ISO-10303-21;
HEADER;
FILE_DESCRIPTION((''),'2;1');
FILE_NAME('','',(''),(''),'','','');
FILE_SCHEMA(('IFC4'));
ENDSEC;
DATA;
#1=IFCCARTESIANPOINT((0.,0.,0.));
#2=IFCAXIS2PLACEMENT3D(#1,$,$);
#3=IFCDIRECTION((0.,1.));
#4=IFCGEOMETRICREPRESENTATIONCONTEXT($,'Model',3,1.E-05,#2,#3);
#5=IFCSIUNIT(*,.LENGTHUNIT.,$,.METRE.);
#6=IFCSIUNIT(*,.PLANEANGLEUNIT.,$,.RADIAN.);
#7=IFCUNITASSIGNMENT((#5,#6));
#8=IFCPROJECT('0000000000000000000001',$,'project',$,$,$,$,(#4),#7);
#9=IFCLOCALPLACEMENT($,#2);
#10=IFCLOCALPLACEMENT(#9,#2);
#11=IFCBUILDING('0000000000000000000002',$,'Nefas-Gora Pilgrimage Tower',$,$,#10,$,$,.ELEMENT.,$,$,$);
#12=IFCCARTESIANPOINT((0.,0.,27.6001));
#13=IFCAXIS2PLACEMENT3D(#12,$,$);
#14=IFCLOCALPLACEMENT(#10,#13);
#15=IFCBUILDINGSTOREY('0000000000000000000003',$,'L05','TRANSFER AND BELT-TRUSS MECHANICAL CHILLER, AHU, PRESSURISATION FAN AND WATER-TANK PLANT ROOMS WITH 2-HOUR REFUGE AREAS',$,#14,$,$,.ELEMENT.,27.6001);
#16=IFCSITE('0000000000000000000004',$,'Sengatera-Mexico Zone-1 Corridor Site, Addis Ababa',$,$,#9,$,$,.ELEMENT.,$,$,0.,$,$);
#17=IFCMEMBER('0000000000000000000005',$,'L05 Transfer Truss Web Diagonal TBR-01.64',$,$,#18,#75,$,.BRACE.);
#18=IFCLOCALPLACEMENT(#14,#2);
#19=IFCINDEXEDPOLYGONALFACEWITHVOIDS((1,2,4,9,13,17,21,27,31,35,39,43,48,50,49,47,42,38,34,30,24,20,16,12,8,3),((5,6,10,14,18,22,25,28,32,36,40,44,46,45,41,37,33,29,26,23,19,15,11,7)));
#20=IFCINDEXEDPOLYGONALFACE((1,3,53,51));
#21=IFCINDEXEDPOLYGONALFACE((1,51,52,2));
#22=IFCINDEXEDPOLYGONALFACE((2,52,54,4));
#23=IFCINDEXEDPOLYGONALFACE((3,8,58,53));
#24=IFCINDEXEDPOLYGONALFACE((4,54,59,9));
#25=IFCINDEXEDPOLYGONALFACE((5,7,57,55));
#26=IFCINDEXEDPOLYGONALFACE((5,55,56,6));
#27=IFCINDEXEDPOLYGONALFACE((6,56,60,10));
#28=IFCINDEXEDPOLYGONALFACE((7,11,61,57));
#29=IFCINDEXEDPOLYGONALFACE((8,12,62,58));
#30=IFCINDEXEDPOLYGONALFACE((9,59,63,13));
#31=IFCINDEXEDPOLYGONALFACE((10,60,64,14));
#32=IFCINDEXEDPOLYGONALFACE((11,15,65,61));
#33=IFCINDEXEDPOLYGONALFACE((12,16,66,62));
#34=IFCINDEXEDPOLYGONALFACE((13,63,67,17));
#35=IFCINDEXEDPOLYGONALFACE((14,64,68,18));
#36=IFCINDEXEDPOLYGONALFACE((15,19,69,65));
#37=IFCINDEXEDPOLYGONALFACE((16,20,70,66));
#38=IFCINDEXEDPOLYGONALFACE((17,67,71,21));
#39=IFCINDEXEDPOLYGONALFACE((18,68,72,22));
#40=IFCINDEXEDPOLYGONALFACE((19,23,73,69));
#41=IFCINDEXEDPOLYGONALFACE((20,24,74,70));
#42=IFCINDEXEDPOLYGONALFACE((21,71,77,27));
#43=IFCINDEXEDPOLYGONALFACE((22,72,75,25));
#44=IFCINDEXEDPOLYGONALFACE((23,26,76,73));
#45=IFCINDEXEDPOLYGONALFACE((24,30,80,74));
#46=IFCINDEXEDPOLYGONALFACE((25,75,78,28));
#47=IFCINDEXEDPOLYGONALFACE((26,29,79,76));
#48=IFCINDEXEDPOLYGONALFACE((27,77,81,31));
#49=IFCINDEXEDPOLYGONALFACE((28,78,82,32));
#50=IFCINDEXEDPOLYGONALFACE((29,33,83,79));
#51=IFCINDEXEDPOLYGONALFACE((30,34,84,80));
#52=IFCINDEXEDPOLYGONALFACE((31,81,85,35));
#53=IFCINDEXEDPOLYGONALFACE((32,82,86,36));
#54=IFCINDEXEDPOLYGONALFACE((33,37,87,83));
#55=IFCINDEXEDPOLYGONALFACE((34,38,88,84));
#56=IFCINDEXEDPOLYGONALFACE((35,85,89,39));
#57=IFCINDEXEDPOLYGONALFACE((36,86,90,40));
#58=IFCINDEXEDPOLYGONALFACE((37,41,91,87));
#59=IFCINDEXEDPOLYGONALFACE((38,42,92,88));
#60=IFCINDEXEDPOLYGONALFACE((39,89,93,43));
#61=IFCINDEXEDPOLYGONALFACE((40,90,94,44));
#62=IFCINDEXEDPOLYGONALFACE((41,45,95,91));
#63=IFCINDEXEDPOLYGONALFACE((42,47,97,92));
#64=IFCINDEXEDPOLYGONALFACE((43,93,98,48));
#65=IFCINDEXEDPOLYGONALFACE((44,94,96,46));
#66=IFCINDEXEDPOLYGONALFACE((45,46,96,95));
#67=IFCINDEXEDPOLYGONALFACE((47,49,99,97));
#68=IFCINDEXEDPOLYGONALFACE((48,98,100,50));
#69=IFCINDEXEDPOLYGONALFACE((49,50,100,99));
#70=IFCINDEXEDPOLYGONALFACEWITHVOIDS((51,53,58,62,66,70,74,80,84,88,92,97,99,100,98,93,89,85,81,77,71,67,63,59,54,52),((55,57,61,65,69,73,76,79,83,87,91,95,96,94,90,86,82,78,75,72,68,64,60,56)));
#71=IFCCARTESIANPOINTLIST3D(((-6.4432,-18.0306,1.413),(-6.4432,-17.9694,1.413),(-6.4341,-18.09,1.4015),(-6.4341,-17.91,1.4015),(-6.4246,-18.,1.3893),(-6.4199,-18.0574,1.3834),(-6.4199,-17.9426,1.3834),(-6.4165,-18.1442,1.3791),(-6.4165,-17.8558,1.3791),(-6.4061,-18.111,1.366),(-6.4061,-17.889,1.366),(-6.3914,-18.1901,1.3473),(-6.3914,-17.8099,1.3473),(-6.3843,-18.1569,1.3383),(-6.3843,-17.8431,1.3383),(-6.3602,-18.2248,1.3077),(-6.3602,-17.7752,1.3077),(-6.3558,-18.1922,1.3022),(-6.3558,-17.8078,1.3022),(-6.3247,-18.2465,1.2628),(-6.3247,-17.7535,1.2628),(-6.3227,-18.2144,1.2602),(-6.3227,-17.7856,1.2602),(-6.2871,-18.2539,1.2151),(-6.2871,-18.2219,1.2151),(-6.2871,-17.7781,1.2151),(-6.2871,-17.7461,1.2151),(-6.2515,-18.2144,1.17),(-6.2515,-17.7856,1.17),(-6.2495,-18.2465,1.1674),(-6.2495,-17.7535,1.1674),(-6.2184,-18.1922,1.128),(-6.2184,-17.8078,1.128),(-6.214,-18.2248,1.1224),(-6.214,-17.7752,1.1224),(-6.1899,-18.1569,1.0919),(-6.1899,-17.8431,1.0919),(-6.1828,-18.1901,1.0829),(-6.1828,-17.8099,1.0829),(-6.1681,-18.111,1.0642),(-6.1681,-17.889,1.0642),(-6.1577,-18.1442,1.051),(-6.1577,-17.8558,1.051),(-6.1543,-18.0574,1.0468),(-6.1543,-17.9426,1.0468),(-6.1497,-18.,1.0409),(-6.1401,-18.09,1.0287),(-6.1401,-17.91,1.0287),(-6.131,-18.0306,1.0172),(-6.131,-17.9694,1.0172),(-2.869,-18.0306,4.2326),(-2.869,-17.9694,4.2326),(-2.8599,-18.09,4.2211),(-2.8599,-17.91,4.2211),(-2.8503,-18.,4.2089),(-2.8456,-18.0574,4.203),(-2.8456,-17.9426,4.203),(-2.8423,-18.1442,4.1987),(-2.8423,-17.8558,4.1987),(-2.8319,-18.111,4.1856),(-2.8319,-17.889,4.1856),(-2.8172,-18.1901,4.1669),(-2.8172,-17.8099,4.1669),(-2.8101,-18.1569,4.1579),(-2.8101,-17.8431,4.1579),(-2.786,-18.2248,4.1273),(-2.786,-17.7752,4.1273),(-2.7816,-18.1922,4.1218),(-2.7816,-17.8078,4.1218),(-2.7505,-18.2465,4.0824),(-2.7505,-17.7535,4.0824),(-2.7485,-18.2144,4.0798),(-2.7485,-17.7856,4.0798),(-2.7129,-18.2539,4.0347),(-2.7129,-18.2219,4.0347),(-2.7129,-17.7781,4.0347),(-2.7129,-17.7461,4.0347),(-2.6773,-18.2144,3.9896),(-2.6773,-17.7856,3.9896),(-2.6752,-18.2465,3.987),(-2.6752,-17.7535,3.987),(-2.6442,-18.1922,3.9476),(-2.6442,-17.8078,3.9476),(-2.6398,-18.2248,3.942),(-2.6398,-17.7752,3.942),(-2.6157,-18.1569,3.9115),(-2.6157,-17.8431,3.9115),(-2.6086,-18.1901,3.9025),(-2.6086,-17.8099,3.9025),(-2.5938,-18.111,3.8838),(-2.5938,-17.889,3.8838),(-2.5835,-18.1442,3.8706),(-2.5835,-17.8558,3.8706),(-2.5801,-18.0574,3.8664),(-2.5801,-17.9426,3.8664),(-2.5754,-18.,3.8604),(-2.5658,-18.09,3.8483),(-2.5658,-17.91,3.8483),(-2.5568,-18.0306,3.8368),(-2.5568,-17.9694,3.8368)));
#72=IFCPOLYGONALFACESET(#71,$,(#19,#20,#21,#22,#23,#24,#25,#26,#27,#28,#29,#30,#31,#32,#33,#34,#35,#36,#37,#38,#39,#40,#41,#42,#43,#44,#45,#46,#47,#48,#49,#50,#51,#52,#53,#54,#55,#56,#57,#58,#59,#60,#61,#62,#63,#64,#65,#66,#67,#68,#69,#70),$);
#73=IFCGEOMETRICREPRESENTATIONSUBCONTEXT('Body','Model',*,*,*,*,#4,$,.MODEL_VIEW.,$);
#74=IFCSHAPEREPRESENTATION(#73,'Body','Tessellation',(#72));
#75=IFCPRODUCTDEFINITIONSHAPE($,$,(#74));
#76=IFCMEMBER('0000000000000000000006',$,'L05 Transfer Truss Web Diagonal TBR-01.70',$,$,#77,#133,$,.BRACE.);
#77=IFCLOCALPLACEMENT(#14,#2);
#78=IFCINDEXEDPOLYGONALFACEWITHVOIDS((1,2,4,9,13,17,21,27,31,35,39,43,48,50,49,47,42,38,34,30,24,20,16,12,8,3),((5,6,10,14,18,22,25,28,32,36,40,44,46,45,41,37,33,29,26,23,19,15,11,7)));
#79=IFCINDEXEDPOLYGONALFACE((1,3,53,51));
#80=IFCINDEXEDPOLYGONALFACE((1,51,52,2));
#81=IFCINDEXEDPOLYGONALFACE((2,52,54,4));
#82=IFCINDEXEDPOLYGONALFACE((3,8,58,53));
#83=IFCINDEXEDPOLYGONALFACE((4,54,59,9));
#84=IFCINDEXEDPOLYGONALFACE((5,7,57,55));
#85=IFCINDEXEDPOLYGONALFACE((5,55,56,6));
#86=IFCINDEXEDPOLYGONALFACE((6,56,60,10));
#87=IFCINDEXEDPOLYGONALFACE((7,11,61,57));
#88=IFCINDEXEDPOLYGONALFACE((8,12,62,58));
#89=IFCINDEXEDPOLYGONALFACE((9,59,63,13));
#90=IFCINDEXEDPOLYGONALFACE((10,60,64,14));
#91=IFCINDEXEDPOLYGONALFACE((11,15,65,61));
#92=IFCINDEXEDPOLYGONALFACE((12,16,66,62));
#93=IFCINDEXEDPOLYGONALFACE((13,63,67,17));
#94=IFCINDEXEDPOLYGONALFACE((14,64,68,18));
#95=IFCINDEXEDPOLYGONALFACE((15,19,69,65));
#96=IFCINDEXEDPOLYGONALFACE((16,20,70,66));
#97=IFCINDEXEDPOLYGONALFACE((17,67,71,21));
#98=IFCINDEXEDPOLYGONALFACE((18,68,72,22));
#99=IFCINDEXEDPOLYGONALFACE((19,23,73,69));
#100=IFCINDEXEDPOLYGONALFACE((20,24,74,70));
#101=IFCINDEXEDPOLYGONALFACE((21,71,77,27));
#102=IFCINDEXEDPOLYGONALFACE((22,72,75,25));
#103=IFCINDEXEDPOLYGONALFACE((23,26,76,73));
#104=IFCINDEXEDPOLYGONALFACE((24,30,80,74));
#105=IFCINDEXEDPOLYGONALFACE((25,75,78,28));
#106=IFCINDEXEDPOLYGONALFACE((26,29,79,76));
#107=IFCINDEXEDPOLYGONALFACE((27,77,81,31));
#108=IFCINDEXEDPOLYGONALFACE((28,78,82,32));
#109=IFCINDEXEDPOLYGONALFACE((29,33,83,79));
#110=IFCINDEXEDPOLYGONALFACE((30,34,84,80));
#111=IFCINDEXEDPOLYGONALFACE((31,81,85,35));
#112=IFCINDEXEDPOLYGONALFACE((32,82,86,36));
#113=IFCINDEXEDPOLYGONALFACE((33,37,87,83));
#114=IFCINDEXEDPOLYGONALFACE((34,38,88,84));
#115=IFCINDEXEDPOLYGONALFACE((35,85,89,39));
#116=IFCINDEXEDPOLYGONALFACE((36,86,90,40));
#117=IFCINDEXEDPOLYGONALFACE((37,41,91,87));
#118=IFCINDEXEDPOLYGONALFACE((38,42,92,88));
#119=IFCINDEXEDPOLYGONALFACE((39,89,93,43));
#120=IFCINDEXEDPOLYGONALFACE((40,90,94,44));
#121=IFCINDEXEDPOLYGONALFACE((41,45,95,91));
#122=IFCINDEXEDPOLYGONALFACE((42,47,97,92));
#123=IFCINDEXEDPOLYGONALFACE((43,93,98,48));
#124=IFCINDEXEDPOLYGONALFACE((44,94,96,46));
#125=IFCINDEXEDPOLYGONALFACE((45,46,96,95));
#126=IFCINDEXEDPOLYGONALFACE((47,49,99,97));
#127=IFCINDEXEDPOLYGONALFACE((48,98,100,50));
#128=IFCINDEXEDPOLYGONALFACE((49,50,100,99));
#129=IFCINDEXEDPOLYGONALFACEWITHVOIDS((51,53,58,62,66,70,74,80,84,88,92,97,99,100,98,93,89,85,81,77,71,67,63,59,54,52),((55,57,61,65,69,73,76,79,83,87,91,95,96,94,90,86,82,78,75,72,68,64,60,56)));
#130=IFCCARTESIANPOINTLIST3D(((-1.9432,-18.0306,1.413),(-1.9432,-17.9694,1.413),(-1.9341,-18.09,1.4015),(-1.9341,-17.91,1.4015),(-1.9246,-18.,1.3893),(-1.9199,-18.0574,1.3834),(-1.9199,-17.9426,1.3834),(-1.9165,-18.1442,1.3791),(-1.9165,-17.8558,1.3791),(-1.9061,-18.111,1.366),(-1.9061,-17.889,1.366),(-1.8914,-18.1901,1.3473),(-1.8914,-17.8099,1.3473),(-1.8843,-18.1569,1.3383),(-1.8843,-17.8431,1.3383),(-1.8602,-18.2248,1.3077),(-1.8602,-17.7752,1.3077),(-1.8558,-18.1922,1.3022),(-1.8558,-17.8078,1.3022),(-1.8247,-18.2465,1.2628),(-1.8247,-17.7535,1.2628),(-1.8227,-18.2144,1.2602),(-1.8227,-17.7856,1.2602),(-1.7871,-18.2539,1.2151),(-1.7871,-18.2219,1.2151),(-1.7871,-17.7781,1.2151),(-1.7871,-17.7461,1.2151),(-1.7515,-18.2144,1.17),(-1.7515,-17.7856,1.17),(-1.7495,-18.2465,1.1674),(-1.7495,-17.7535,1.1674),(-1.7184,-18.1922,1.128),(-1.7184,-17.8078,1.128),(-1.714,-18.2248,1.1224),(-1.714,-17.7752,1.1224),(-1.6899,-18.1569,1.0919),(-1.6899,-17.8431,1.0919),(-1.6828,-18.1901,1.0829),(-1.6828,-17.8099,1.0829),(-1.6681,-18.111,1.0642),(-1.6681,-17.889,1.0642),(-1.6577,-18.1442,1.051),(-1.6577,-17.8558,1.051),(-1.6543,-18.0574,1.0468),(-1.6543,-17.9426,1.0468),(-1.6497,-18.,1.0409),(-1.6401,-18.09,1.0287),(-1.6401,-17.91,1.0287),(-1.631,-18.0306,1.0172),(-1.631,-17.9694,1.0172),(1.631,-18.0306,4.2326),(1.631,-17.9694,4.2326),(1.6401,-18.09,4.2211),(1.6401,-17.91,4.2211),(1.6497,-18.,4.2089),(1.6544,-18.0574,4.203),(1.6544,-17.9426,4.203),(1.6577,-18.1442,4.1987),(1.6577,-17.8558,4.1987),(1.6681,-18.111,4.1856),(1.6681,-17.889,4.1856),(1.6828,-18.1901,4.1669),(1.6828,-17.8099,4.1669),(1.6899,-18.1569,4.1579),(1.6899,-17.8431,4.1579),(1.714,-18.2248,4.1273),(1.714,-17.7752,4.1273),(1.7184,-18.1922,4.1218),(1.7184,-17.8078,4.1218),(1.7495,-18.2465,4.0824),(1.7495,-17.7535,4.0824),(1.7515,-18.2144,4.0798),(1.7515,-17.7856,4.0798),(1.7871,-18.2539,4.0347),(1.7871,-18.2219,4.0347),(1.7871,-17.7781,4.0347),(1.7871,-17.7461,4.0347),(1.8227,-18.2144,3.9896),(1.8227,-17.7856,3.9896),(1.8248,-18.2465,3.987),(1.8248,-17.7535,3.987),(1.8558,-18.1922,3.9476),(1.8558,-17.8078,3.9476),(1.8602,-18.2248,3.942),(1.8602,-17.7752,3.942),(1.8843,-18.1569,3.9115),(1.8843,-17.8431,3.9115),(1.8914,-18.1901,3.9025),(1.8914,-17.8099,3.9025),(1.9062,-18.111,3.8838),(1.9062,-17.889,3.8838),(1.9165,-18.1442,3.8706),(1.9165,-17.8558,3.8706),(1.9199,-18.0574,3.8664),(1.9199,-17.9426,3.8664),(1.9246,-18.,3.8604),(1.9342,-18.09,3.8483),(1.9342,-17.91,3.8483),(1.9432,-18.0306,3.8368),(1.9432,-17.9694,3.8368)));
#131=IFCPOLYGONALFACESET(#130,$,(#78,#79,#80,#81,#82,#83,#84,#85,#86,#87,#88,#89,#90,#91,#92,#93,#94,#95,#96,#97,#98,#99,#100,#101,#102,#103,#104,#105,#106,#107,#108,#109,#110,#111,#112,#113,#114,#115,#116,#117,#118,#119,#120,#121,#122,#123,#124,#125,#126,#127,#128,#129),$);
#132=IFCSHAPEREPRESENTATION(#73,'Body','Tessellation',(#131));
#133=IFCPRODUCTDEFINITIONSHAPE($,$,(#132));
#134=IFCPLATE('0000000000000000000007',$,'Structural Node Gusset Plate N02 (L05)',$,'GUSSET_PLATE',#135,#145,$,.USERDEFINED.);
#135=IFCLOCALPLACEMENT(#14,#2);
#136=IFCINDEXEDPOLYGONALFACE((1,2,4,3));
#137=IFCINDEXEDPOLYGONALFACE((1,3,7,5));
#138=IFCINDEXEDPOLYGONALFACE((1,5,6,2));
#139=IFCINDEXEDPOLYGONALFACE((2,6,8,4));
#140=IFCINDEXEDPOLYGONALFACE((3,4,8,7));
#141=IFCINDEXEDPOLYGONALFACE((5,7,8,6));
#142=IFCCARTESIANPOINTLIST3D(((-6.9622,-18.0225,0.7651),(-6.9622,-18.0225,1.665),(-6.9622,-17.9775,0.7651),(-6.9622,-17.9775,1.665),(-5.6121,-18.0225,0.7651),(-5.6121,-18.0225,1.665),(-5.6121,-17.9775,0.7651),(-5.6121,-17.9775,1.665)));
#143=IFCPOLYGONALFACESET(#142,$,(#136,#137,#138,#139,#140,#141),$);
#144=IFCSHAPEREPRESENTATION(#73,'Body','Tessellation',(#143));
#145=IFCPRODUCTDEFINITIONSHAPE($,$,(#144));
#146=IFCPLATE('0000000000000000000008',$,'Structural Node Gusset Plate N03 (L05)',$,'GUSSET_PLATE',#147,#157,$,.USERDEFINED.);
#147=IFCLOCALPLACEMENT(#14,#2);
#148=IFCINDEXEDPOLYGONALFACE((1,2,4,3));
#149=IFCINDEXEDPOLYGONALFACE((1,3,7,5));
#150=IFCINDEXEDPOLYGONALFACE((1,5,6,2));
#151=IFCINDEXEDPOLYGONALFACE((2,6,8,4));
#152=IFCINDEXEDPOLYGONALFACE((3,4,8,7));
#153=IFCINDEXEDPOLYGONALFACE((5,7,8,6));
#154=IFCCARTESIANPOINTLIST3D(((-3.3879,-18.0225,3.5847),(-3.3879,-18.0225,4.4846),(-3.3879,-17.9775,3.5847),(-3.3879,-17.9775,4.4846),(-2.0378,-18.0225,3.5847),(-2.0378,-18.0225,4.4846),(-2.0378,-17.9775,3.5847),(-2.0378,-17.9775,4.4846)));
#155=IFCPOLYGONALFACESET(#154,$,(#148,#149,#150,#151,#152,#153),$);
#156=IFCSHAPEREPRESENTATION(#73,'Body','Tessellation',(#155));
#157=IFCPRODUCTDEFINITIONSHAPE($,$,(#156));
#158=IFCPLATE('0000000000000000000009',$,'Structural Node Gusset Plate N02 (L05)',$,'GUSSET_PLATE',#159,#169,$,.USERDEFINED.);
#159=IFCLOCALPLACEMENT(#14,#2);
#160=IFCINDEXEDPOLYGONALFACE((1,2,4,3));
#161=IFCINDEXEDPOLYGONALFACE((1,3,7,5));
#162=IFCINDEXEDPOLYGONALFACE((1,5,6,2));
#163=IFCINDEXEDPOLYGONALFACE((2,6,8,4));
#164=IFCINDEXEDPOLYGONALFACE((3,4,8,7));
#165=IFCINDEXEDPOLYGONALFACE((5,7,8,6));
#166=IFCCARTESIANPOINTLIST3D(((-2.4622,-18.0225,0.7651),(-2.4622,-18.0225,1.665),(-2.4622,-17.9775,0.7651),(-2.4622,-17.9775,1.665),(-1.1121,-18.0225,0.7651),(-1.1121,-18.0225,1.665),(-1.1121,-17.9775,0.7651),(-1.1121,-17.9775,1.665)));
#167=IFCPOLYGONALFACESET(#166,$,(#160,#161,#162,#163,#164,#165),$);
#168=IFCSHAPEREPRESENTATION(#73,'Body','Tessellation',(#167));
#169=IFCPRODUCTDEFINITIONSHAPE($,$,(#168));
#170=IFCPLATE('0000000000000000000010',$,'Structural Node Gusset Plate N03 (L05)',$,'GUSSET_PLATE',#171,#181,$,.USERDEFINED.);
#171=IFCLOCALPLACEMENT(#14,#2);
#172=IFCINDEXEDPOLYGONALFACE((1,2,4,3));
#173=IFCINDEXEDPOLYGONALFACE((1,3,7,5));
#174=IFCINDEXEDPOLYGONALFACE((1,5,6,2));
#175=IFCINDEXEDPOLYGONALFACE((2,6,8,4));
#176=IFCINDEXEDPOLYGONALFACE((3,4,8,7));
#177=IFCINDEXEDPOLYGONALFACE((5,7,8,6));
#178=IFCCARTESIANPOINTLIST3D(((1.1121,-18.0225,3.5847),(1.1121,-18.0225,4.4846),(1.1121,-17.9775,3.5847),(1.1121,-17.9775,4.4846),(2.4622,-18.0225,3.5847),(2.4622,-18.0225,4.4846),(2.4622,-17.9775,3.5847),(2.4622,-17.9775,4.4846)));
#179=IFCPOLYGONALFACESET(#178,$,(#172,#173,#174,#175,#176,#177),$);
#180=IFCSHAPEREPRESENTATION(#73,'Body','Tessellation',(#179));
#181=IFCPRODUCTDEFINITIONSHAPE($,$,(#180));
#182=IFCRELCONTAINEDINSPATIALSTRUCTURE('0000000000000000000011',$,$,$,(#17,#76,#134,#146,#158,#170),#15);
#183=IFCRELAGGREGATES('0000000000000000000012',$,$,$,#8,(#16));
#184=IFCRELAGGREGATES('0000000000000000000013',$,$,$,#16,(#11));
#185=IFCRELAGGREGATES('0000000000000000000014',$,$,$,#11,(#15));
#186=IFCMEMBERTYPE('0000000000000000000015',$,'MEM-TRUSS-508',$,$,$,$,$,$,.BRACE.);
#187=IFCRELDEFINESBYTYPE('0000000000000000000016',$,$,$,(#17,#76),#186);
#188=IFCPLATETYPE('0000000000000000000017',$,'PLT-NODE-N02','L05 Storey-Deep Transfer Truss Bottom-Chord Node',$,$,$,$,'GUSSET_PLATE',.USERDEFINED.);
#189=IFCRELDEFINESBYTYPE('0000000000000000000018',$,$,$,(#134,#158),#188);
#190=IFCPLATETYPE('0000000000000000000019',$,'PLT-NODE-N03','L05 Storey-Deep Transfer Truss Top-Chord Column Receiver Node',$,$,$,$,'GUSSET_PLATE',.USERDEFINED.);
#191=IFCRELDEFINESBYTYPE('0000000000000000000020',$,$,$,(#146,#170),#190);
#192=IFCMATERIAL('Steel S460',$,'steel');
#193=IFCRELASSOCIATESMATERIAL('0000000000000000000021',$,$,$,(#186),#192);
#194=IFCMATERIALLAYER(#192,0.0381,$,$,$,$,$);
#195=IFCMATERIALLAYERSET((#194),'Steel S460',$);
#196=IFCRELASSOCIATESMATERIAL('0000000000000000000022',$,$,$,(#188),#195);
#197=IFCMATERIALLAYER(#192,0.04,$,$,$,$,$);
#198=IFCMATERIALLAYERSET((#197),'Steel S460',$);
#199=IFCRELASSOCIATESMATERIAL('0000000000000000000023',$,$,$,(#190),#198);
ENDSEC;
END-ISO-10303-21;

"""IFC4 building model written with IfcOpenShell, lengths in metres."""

from ifc_helpers import new_model, si_unit, direction, frame, origin, origin_2d, place, context, subcontext, project, spatial, rectangle, hollow_circle, extrude, source, transform, mapped, material, layer, layer_set, material_profile, profile_set, type_object, element, save


model = new_model("IFC4")

# Units and contexts
model_context = context("Model", 3, precision=1e-05, world=origin(), true_north=direction((0.0, 1.0)))
body_context = subcontext(model_context, "Body", "Model", "MODEL_VIEW")
ifc_project = project(units=[si_unit("LENGTHUNIT", "METRE"), si_unit("PLANEANGLEUNIT", "RADIAN")], contexts=[model_context])

# Site, building, storey
site_placement = place(None, origin())
site = spatial("IfcSite", under=ifc_project, at=site_placement, Name="Sengatera-Mexico Zone-1 Corridor Site, Addis Ababa", CompositionType="ELEMENT", RefElevation=0.0)
building_placement = place(site_placement, origin())
building = spatial("IfcBuilding", under=site, at=building_placement, Name="Nefas-Gora Pilgrimage Tower", CompositionType="ELEMENT")
storey_placement = place(building_placement, frame((0.0, 0.0, 27.6001)))
storey = spatial("IfcBuildingStorey", under=building, at=storey_placement, Name="L05", Description="TRANSFER AND BELT-TRUSS MECHANICAL CHILLER, AHU, PRESSURISATION FAN AND WATER-TANK PLANT ROOMS WITH 2-HOUR REFUGE AREAS", CompositionType="ELEMENT", Elevation=27.6001)

# Shared definitions
ifc_material_1 = material(Name="Steel S460", Category="steel")

# Members
ifc_material_profile_1 = material_profile(ifc_material_1, hollow_circle(Radius=0.2539, WallThickness=0.032, at=origin_2d()), Name="CHS 508x32")
ifc_profile_set_1 = profile_set([ifc_material_profile_1], Name="Steel S460")
member_type = type_object("IfcMemberType", Name="MEM-TRUSS-508", PredefinedType="BRACE", material=ifc_profile_set_1)
shared_shape_1 = source(origin(), body_context, "Body", "SweptSolid", [
    extrude(hollow_circle(Radius=0.2539, WallThickness=0.032, at=origin_2d()), origin(), (0.0, 0.0, 1.0), 4.5525),
])
for number, where, z_axis, x_axis, name in (
    (1, (-6.2871, -18.0, 1.2151), (0.785115, 0.0, 0.61935), (0.0, 1.0, 0.0), "L05 Transfer Truss Web Diagonal TBR-01.64"),
    (2, (-1.7871, -18.0, 1.2151), (0.785115, 0.0, 0.61935), (0.0, 1.0, 0.0), "L05 Transfer Truss Web Diagonal TBR-01.70"),
):
    element("IfcMember", number, at=place(storey_placement, frame(where, z_axis=z_axis, x_axis=x_axis)), inside=storey, type_object=member_type, Name=name, PredefinedType="BRACE", context=body_context, shape_type="MappedRepresentation", body=[
        mapped(shared_shape_1, transform((0.0, 0.0, 0.0), x_axis=(1.0, 0.0, 0.0), y_axis=(0.0, 1.0, 0.0), z_axis=(0.0, 0.0, 1.0), scale=1.0)),
    ])

# Plates
ifc_layer_1 = layer(ifc_material_1, 0.0381)
ifc_layer_set_1 = layer_set([ifc_layer_1], Name="Steel S460")
plate_type_1 = type_object("IfcPlateType", Name="PLT-NODE-N02", Description="L05 Storey-Deep Transfer Truss Bottom-Chord Node", ElementType="GUSSET_PLATE", PredefinedType="USERDEFINED", material=ifc_layer_set_1)
shared_shape_2 = source(origin(), body_context, "Body", "SweptSolid", [
    extrude(rectangle(XDim=1.3501, YDim=0.0449, at=origin_2d()), origin(), (0.0, 0.0, 1.0), 0.8999),
])
plate_1_placement = place(storey_placement, frame((-6.2871, -18.0, 0.7651), z_axis=(0.0, 0.0, 1.0), x_axis=(1.0, 0.0, 0.0)))
element("IfcPlate", 3, at=plate_1_placement, inside=storey, type_object=plate_type_1, Name="Structural Node Gusset Plate N02 (L05)", ObjectType="GUSSET_PLATE", PredefinedType="USERDEFINED", context=body_context, shape_type="MappedRepresentation", body=[
    mapped(shared_shape_2, transform((0.0, 0.0, 0.0), x_axis=(1.0, 0.0, 0.0), y_axis=(0.0, 1.0, 0.0), z_axis=(0.0, 0.0, 1.0), scale=1.0)),
])
ifc_layer_2 = layer(ifc_material_1, 0.04)
ifc_layer_set_2 = layer_set([ifc_layer_2], Name="Steel S460")
plate_type_2 = type_object("IfcPlateType", Name="PLT-NODE-N03", Description="L05 Storey-Deep Transfer Truss Top-Chord Column Receiver Node", ElementType="GUSSET_PLATE", PredefinedType="USERDEFINED", material=ifc_layer_set_2)
plate_2_placement = place(storey_placement, frame((-2.7129, -18.0, 3.5847), z_axis=(0.0, 0.0, 1.0), x_axis=(1.0, 0.0, 0.0)))
element("IfcPlate", 4, at=plate_2_placement, inside=storey, type_object=plate_type_2, Name="Structural Node Gusset Plate N03 (L05)", ObjectType="GUSSET_PLATE", PredefinedType="USERDEFINED", context=body_context, shape_type="MappedRepresentation", body=[
    mapped(shared_shape_2, transform((0.0, 0.0, 0.0), x_axis=(1.0, 0.0, 0.0), y_axis=(0.0, 1.0, 0.0), z_axis=(0.0, 0.0, 1.0), scale=1.0)),
])
plate_3_placement = place(storey_placement, frame((-1.7871, -18.0, 0.7651), z_axis=(0.0, 0.0, 1.0), x_axis=(1.0, 0.0, 0.0)))
element("IfcPlate", 5, at=plate_3_placement, inside=storey, type_object=plate_type_1, Name="Structural Node Gusset Plate N02 (L05)", ObjectType="GUSSET_PLATE", PredefinedType="USERDEFINED", context=body_context, shape_type="MappedRepresentation", body=[
    mapped(shared_shape_2, transform((0.0, 0.0, 0.0), x_axis=(1.0, 0.0, 0.0), y_axis=(0.0, 1.0, 0.0), z_axis=(0.0, 0.0, 1.0), scale=1.0)),
])
plate_4_placement = place(storey_placement, frame((1.7871, -18.0, 3.5847), z_axis=(0.0, 0.0, 1.0), x_axis=(1.0, 0.0, 0.0)))
element("IfcPlate", 6, at=plate_4_placement, inside=storey, type_object=plate_type_2, Name="Structural Node Gusset Plate N03 (L05)", ObjectType="GUSSET_PLATE", PredefinedType="USERDEFINED", context=body_context, shape_type="MappedRepresentation", body=[
    mapped(shared_shape_2, transform((0.0, 0.0, 0.0), x_axis=(1.0, 0.0, 0.0), y_axis=(0.0, 1.0, 0.0), z_axis=(0.0, 0.0, 1.0), scale=1.0)),
])

save(model, "model.ifc")
